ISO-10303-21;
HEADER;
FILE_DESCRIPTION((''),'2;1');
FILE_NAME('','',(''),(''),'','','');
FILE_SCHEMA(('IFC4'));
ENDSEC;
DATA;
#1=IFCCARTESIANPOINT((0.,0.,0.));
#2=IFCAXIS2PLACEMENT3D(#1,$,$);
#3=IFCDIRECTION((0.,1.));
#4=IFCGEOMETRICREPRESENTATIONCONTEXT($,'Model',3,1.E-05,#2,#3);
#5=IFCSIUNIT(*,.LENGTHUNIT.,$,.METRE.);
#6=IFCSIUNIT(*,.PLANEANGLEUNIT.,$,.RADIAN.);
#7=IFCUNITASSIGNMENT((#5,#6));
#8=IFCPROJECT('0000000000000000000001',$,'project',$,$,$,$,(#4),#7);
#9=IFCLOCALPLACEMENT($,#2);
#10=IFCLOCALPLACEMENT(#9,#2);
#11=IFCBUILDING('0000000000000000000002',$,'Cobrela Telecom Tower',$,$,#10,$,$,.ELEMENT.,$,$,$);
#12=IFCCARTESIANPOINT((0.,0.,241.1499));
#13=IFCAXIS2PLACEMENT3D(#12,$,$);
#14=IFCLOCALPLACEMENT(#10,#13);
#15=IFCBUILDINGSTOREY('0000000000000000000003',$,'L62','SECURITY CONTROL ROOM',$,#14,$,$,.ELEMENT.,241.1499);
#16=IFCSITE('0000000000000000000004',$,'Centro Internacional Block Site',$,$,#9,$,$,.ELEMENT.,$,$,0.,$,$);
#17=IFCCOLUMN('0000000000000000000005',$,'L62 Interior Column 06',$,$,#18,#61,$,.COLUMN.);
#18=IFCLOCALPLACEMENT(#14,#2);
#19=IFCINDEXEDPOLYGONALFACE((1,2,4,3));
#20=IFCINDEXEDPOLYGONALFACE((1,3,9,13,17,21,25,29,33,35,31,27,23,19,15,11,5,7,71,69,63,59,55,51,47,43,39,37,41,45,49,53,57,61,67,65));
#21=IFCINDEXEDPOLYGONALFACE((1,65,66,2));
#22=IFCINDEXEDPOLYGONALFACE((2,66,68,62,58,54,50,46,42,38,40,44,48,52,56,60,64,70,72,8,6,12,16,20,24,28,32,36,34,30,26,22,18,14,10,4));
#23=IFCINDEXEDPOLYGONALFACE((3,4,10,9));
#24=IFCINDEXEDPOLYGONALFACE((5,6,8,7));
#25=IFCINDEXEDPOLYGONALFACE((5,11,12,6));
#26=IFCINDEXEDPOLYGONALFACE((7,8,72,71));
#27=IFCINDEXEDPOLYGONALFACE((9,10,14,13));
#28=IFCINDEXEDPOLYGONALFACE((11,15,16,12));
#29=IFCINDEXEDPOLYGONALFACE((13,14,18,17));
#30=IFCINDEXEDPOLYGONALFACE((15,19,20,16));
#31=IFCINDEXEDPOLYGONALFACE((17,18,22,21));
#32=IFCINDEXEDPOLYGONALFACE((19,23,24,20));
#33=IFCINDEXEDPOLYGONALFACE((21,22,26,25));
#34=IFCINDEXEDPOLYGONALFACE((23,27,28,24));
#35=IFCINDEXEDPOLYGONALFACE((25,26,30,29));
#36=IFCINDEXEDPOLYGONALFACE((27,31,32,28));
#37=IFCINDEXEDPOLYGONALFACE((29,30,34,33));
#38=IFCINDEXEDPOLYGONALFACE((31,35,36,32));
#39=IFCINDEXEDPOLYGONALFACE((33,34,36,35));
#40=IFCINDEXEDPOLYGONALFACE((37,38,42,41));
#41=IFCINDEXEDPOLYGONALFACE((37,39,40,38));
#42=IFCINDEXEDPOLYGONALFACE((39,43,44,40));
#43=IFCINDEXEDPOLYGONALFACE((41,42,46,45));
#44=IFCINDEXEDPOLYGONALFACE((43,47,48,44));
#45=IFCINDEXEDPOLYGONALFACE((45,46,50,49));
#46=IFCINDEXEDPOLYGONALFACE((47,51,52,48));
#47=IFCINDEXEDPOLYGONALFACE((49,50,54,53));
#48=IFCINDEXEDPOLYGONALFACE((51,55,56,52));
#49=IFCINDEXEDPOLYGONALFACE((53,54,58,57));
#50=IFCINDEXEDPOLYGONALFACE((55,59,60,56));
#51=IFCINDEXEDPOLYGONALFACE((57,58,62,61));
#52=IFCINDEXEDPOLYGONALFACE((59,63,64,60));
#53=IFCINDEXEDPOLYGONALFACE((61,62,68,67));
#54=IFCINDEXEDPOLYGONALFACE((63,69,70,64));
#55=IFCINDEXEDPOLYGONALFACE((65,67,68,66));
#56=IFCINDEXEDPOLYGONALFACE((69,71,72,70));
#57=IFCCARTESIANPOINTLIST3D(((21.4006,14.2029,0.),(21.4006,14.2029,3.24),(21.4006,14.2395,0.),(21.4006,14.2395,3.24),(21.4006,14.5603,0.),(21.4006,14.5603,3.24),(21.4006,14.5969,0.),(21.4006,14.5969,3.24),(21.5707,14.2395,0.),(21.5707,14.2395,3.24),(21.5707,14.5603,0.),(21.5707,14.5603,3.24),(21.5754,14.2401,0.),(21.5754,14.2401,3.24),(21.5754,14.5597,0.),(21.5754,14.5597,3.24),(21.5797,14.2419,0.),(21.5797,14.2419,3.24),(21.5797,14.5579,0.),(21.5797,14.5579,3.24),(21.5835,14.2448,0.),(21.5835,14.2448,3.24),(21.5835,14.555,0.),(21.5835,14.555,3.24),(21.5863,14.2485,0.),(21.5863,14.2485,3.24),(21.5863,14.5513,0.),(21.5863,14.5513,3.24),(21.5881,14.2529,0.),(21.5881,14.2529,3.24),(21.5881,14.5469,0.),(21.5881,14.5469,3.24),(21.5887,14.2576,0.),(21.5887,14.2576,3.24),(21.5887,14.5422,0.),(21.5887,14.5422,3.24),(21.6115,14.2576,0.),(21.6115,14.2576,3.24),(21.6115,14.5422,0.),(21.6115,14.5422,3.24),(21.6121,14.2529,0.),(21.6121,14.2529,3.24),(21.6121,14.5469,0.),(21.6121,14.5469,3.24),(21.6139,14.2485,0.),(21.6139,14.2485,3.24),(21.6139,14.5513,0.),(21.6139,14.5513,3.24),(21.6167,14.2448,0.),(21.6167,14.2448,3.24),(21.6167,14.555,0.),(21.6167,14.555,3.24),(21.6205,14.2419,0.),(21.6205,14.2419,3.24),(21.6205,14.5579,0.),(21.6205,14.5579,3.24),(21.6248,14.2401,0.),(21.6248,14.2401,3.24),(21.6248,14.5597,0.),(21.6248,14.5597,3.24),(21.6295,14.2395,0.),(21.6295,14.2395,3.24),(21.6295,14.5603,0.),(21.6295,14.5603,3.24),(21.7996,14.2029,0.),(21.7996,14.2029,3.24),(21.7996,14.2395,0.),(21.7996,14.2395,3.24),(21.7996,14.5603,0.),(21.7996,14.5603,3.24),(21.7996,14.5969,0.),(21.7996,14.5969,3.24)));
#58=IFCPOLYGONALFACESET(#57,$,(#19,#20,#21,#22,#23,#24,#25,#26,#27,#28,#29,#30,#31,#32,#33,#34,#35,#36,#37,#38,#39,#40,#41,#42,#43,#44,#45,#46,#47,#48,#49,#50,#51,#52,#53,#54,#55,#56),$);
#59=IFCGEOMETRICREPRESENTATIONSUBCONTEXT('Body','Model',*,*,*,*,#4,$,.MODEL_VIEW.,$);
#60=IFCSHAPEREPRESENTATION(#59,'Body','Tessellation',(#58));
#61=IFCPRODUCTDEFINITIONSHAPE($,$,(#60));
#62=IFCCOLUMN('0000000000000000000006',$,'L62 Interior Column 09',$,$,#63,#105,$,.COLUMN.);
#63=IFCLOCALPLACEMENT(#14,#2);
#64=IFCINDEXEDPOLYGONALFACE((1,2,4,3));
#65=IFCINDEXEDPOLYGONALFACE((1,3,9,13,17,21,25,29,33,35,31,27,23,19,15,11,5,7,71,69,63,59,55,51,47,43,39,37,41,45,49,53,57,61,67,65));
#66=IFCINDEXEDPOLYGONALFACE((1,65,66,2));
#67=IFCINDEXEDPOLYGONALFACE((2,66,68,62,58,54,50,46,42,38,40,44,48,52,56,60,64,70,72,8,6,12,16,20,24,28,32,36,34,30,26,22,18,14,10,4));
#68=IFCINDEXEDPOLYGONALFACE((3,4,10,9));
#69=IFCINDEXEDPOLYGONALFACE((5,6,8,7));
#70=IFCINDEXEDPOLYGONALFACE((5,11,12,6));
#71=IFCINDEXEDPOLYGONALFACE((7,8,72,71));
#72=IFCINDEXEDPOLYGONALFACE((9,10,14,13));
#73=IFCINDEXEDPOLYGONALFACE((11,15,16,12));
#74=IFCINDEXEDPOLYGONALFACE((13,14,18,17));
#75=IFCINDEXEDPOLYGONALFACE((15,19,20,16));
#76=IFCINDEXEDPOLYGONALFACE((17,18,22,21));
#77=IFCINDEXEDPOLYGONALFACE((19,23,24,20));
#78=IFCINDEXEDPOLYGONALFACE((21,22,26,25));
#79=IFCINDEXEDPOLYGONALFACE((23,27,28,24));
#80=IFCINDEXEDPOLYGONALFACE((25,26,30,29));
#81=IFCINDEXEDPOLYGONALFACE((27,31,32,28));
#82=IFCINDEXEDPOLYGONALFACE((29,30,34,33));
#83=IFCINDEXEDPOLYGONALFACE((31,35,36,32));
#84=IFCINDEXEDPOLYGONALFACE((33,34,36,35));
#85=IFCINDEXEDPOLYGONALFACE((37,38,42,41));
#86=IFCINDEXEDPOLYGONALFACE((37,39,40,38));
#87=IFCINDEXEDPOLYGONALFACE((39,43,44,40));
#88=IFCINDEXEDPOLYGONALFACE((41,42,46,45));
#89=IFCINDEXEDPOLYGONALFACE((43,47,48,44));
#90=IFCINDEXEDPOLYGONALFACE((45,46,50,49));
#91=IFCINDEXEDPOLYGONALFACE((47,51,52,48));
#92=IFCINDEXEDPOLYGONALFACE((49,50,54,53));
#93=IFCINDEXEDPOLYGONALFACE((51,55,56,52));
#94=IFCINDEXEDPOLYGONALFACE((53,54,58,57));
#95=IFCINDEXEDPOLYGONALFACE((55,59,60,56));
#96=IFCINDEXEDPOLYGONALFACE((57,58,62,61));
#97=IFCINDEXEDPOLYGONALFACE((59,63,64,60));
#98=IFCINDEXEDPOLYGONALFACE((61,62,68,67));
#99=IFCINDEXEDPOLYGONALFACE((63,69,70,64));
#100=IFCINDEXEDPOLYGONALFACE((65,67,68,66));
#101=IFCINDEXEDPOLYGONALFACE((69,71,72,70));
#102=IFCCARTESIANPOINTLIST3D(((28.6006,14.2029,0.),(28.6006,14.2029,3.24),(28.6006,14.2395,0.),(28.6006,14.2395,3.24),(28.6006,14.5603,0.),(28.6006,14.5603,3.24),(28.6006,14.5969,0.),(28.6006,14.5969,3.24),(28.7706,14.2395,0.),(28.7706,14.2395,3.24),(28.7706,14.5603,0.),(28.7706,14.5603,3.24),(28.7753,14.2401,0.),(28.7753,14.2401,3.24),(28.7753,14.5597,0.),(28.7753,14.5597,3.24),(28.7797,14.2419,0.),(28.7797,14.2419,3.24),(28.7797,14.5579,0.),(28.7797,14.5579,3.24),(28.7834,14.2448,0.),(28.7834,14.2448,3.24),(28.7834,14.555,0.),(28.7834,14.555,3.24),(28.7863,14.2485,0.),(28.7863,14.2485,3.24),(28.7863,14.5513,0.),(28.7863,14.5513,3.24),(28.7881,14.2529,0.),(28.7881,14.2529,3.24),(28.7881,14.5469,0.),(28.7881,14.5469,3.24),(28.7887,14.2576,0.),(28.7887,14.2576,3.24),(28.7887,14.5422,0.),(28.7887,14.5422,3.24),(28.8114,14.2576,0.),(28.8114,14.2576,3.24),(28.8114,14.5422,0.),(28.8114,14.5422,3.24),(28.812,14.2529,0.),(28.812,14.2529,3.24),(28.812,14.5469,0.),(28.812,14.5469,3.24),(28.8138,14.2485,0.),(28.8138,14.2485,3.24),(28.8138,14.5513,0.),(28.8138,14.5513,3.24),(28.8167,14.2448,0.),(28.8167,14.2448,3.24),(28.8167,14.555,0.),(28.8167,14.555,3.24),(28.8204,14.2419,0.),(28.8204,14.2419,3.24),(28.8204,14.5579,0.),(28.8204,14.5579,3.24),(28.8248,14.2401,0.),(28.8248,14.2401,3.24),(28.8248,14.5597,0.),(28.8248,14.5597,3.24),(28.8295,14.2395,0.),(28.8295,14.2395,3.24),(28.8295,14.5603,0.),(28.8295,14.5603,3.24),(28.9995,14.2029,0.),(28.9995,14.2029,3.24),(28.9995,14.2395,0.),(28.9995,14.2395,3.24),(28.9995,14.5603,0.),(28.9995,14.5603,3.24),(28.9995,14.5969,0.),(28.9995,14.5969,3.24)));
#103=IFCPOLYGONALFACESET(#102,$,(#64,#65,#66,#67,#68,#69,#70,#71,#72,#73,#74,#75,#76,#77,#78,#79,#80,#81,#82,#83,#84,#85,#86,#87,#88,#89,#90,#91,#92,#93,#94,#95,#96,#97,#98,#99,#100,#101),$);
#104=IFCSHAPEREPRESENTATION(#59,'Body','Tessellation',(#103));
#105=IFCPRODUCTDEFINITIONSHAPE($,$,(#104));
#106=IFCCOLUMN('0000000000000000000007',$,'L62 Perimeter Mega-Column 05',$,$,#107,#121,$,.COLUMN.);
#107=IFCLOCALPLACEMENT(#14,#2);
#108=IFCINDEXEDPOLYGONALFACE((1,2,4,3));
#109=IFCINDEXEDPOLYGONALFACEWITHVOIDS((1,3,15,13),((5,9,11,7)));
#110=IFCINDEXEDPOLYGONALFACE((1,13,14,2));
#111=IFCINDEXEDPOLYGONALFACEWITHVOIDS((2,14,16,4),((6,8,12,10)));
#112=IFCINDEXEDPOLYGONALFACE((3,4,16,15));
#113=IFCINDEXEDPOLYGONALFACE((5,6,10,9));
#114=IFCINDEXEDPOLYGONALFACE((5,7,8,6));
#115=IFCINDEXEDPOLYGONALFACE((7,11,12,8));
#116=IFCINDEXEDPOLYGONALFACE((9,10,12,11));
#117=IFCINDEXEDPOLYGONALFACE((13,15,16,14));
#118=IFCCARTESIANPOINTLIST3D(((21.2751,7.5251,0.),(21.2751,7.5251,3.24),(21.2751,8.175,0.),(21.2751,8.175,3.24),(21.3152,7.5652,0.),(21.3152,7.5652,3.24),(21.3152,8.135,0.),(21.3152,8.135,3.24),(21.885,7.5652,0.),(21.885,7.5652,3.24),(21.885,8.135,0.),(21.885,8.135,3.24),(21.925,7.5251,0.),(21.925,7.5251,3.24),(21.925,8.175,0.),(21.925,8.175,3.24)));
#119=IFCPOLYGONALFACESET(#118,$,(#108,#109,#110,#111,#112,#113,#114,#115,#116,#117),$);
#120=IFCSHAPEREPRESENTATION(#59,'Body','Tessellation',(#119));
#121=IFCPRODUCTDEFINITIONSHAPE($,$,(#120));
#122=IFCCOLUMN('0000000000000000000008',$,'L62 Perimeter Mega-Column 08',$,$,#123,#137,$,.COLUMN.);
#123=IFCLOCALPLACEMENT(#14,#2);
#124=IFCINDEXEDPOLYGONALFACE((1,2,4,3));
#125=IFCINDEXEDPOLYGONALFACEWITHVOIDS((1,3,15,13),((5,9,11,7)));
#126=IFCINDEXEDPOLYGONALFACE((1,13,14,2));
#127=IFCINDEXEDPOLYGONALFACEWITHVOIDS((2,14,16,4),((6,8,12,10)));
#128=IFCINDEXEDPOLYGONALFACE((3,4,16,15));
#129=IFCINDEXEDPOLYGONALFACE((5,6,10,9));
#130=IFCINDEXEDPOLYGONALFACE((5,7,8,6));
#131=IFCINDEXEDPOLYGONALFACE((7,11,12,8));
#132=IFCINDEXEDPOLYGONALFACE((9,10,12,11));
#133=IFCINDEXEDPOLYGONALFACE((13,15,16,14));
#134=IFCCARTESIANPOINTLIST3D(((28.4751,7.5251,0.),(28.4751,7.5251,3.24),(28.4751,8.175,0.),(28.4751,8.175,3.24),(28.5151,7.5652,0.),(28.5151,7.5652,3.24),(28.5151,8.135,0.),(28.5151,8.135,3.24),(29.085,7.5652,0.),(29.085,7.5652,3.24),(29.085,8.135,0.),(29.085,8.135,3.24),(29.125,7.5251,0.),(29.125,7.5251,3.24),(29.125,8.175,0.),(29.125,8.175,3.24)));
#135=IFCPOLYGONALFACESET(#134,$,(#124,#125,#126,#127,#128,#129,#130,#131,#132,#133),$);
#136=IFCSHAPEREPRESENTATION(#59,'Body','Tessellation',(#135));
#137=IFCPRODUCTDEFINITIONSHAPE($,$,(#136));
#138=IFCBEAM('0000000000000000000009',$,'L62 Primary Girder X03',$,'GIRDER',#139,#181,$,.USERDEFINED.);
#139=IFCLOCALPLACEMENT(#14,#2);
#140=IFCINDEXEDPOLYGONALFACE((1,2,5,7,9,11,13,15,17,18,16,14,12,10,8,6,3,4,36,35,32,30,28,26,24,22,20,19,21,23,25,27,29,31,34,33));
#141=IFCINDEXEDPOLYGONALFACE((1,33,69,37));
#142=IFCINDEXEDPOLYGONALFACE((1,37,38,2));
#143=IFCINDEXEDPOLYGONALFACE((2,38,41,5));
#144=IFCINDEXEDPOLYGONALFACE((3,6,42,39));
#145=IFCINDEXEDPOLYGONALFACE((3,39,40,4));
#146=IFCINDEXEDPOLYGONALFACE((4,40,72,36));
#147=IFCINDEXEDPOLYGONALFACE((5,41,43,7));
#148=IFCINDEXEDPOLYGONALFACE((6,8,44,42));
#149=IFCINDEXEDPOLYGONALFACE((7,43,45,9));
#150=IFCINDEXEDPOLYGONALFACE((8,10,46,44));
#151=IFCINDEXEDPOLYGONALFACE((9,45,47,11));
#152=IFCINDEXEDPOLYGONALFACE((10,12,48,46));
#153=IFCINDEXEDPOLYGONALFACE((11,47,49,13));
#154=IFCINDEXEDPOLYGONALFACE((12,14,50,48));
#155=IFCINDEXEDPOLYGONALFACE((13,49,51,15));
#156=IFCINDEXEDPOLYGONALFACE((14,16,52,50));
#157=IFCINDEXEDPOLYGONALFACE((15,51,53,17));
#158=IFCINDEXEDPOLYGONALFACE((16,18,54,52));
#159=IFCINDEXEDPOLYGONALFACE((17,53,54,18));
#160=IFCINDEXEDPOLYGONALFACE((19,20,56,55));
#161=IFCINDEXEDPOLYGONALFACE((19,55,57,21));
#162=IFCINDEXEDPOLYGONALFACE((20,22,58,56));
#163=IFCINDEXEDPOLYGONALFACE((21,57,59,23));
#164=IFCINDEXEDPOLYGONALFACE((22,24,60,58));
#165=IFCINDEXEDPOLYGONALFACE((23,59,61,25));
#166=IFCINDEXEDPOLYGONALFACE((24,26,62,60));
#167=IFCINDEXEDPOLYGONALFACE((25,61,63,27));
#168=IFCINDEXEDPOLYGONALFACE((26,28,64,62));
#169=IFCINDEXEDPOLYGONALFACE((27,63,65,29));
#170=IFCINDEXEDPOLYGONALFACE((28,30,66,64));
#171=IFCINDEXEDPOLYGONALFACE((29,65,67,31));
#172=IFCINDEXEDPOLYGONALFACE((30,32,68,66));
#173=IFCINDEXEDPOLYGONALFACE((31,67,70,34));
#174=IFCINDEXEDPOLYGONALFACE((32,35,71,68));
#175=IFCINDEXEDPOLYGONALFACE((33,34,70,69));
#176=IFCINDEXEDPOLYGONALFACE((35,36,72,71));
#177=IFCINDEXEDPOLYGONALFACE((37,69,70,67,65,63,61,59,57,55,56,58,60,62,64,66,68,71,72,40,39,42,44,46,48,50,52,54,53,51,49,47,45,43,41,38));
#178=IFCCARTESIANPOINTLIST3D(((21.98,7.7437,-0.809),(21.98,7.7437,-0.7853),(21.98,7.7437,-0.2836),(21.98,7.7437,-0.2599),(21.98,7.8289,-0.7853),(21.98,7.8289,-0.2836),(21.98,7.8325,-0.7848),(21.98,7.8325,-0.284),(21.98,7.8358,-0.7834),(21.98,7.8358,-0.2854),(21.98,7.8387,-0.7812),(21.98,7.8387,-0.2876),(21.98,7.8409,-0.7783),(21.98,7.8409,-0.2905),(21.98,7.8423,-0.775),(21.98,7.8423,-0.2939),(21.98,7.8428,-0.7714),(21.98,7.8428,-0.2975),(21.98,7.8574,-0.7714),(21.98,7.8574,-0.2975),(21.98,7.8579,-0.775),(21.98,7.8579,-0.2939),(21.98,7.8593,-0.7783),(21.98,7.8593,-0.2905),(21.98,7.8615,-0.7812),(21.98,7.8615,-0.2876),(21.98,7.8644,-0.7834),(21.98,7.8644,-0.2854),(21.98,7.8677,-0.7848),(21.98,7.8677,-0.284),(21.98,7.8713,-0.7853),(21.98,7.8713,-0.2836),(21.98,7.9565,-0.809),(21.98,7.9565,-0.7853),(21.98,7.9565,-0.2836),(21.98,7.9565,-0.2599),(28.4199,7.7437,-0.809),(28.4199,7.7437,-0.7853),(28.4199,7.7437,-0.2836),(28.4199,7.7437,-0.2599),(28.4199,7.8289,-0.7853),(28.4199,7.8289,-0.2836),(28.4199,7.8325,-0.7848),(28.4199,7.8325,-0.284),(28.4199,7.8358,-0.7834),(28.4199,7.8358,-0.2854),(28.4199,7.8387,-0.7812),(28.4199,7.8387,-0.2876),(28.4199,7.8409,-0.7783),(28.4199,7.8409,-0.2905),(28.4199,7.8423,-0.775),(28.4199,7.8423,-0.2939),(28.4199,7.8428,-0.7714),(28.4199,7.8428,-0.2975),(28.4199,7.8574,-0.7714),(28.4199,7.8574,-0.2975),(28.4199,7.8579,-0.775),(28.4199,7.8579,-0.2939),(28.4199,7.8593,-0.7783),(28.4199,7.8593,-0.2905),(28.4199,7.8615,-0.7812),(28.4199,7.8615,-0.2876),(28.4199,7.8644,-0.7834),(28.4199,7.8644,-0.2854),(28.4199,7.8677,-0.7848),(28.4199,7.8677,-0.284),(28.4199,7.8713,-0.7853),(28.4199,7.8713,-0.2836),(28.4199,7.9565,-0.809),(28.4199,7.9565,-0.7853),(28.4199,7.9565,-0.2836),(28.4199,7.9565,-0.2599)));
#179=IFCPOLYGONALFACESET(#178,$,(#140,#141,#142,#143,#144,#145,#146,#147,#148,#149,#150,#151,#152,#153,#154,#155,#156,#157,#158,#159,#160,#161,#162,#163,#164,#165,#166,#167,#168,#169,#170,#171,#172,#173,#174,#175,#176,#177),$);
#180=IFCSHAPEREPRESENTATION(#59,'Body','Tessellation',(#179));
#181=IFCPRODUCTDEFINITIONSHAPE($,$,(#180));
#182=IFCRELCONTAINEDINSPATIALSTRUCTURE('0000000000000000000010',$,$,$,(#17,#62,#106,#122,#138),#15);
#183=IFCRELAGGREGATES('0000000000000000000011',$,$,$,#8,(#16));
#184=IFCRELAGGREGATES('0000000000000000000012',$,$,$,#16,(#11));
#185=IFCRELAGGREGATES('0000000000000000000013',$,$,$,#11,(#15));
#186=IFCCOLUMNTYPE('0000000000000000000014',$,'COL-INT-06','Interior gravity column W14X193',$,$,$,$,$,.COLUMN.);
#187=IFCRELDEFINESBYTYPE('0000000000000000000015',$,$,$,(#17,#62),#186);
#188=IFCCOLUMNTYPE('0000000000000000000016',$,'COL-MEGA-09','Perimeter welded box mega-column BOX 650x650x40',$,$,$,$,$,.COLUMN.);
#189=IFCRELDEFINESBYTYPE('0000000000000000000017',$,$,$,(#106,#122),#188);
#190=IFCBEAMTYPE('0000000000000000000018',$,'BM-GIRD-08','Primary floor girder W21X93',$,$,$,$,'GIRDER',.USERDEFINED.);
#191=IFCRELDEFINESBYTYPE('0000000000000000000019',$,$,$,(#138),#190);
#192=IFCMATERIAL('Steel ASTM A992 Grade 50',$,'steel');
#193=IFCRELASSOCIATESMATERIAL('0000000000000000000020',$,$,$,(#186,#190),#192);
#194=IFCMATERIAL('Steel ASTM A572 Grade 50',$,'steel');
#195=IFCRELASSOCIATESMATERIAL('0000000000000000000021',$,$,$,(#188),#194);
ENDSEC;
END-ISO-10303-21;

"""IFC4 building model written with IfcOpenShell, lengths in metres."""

from ifc_helpers import new_model, si_unit, direction, frame, origin, origin_2d, place, context, subcontext, project, spatial, hollow_rectangle, i_section, extrude, material, material_profile, profile_set, type_object, element, save


model = new_model("IFC4")

# Units and contexts
model_context = context("Model", 3, precision=1e-05, world=origin(), true_north=direction((0.0, 1.0)))
body_context = subcontext(model_context, "Body", "Model", "MODEL_VIEW")
ifc_project = project(units=[si_unit("LENGTHUNIT", "METRE"), si_unit("PLANEANGLEUNIT", "RADIAN")], contexts=[model_context])

# Site, building, storey
site_placement = place(None, origin())
site = spatial("IfcSite", under=ifc_project, at=site_placement, Name="Centro Internacional Block Site", CompositionType="ELEMENT", RefElevation=0.0)
building_placement = place(site_placement, origin())
building = spatial("IfcBuilding", under=site, at=building_placement, Name="Cobrela Telecom Tower", CompositionType="ELEMENT")
storey_placement = place(building_placement, frame((0.0, 0.0, 241.1499)))
storey = spatial("IfcBuildingStorey", under=building, at=storey_placement, Name="L62", Description="SECURITY CONTROL ROOM", CompositionType="ELEMENT", Elevation=241.1499)

# Columns
ifc_material_1 = material(Name="Steel ASTM A992 Grade 50", Category="steel")
ifc_material_profile_1 = material_profile(ifc_material_1, i_section(OverallWidth=0.3989, OverallDepth=0.394, WebThickness=0.0227, FlangeThickness=0.0366, FilletRadius=0.0181, at=origin_2d()), Name="W14X193")
ifc_profile_set_1 = profile_set([ifc_material_profile_1], Name="Steel ASTM A992 Grade 50")
column_type_1 = type_object("IfcColumnType", Name="COL-INT-06", Description="Interior gravity column W14X193", PredefinedType="COLUMN", material=ifc_profile_set_1)
for number, where, z_axis, x_axis, name in (
    (1, (21.6001, 14.3999, 0.0), (0.0, 0.0, 1.0), (1.0, 0.0, 0.0), "L62 Interior Column 06"),
    (2, (28.8, 14.3999, 0.0), (0.0, 0.0, 1.0), (1.0, 0.0, 0.0), "L62 Interior Column 09"),
):
    element("IfcColumn", number, at=place(storey_placement, frame(where, z_axis=z_axis, x_axis=x_axis)), inside=storey, type_object=column_type_1, Name=name, PredefinedType="COLUMN", context=body_context, shape_type="SweptSolid", body=[
        extrude(i_section(OverallWidth=0.3989, OverallDepth=0.394, WebThickness=0.0227, FlangeThickness=0.0366, FilletRadius=0.0181, at=origin_2d()), origin(), (0.0, 0.0, 1.0), 3.24),
    ])
ifc_material_2 = material(Name="Steel ASTM A572 Grade 50", Category="steel")
ifc_material_profile_2 = material_profile(ifc_material_2, hollow_rectangle(XDim=0.6499, YDim=0.6499, WallThickness=0.04, at=origin_2d()), Name="BOX 650x650x40")
ifc_profile_set_2 = profile_set([ifc_material_profile_2], Name="Steel ASTM A572 Grade 50")
column_type_2 = type_object("IfcColumnType", Name="COL-MEGA-09", Description="Perimeter welded box mega-column BOX 650x650x40", PredefinedType="COLUMN", material=ifc_profile_set_2)
for number, where, z_axis, x_axis, name in (
    (3, (21.6001, 7.8501, 0.0), (0.0, 0.0, 1.0), (1.0, 0.0, 0.0), "L62 Perimeter Mega-Column 05"),
    (4, (28.8, 7.8501, 0.0), (0.0, 0.0, 1.0), (1.0, 0.0, 0.0), "L62 Perimeter Mega-Column 08"),
):
    element("IfcColumn", number, at=place(storey_placement, frame(where, z_axis=z_axis, x_axis=x_axis)), inside=storey, type_object=column_type_2, Name=name, PredefinedType="COLUMN", context=body_context, shape_type="SweptSolid", body=[
        extrude(hollow_rectangle(XDim=0.6499, YDim=0.6499, WallThickness=0.04, at=origin_2d()), origin(), (0.0, 0.0, 1.0), 3.24),
    ])

# Beam
ifc_material_profile_3 = material_profile(ifc_material_1, i_section(OverallWidth=0.2129, OverallDepth=0.5491, WebThickness=0.0146, FlangeThickness=0.0237, FilletRadius=0.0139, at=origin_2d()), Name="W21X93")
ifc_profile_set_3 = profile_set([ifc_material_profile_3], Name="Steel ASTM A992 Grade 50")
beam_type_1 = type_object("IfcBeamType", Name="BM-GIRD-08", Description="Primary floor girder W21X93", ElementType="GIRDER", PredefinedType="USERDEFINED", material=ifc_profile_set_3)
beam_1_placement = place(storey_placement, frame((21.98, 7.8501, -0.5344), z_axis=(1.0, 0.0, 0.0), x_axis=(0.0, 1.0, 0.0)))
element("IfcBeam", 5, at=beam_1_placement, inside=storey, type_object=beam_type_1, Name="L62 Primary Girder X03", ObjectType="GIRDER", PredefinedType="USERDEFINED", context=body_context, shape_type="SweptSolid", body=[
    extrude(i_section(OverallWidth=0.2129, OverallDepth=0.5491, WebThickness=0.0146, FlangeThickness=0.0237, FilletRadius=0.0139, at=origin_2d()), origin(), (0.0, 0.0, 1.0), 6.4399),
])

save(model, "model.ifc")
